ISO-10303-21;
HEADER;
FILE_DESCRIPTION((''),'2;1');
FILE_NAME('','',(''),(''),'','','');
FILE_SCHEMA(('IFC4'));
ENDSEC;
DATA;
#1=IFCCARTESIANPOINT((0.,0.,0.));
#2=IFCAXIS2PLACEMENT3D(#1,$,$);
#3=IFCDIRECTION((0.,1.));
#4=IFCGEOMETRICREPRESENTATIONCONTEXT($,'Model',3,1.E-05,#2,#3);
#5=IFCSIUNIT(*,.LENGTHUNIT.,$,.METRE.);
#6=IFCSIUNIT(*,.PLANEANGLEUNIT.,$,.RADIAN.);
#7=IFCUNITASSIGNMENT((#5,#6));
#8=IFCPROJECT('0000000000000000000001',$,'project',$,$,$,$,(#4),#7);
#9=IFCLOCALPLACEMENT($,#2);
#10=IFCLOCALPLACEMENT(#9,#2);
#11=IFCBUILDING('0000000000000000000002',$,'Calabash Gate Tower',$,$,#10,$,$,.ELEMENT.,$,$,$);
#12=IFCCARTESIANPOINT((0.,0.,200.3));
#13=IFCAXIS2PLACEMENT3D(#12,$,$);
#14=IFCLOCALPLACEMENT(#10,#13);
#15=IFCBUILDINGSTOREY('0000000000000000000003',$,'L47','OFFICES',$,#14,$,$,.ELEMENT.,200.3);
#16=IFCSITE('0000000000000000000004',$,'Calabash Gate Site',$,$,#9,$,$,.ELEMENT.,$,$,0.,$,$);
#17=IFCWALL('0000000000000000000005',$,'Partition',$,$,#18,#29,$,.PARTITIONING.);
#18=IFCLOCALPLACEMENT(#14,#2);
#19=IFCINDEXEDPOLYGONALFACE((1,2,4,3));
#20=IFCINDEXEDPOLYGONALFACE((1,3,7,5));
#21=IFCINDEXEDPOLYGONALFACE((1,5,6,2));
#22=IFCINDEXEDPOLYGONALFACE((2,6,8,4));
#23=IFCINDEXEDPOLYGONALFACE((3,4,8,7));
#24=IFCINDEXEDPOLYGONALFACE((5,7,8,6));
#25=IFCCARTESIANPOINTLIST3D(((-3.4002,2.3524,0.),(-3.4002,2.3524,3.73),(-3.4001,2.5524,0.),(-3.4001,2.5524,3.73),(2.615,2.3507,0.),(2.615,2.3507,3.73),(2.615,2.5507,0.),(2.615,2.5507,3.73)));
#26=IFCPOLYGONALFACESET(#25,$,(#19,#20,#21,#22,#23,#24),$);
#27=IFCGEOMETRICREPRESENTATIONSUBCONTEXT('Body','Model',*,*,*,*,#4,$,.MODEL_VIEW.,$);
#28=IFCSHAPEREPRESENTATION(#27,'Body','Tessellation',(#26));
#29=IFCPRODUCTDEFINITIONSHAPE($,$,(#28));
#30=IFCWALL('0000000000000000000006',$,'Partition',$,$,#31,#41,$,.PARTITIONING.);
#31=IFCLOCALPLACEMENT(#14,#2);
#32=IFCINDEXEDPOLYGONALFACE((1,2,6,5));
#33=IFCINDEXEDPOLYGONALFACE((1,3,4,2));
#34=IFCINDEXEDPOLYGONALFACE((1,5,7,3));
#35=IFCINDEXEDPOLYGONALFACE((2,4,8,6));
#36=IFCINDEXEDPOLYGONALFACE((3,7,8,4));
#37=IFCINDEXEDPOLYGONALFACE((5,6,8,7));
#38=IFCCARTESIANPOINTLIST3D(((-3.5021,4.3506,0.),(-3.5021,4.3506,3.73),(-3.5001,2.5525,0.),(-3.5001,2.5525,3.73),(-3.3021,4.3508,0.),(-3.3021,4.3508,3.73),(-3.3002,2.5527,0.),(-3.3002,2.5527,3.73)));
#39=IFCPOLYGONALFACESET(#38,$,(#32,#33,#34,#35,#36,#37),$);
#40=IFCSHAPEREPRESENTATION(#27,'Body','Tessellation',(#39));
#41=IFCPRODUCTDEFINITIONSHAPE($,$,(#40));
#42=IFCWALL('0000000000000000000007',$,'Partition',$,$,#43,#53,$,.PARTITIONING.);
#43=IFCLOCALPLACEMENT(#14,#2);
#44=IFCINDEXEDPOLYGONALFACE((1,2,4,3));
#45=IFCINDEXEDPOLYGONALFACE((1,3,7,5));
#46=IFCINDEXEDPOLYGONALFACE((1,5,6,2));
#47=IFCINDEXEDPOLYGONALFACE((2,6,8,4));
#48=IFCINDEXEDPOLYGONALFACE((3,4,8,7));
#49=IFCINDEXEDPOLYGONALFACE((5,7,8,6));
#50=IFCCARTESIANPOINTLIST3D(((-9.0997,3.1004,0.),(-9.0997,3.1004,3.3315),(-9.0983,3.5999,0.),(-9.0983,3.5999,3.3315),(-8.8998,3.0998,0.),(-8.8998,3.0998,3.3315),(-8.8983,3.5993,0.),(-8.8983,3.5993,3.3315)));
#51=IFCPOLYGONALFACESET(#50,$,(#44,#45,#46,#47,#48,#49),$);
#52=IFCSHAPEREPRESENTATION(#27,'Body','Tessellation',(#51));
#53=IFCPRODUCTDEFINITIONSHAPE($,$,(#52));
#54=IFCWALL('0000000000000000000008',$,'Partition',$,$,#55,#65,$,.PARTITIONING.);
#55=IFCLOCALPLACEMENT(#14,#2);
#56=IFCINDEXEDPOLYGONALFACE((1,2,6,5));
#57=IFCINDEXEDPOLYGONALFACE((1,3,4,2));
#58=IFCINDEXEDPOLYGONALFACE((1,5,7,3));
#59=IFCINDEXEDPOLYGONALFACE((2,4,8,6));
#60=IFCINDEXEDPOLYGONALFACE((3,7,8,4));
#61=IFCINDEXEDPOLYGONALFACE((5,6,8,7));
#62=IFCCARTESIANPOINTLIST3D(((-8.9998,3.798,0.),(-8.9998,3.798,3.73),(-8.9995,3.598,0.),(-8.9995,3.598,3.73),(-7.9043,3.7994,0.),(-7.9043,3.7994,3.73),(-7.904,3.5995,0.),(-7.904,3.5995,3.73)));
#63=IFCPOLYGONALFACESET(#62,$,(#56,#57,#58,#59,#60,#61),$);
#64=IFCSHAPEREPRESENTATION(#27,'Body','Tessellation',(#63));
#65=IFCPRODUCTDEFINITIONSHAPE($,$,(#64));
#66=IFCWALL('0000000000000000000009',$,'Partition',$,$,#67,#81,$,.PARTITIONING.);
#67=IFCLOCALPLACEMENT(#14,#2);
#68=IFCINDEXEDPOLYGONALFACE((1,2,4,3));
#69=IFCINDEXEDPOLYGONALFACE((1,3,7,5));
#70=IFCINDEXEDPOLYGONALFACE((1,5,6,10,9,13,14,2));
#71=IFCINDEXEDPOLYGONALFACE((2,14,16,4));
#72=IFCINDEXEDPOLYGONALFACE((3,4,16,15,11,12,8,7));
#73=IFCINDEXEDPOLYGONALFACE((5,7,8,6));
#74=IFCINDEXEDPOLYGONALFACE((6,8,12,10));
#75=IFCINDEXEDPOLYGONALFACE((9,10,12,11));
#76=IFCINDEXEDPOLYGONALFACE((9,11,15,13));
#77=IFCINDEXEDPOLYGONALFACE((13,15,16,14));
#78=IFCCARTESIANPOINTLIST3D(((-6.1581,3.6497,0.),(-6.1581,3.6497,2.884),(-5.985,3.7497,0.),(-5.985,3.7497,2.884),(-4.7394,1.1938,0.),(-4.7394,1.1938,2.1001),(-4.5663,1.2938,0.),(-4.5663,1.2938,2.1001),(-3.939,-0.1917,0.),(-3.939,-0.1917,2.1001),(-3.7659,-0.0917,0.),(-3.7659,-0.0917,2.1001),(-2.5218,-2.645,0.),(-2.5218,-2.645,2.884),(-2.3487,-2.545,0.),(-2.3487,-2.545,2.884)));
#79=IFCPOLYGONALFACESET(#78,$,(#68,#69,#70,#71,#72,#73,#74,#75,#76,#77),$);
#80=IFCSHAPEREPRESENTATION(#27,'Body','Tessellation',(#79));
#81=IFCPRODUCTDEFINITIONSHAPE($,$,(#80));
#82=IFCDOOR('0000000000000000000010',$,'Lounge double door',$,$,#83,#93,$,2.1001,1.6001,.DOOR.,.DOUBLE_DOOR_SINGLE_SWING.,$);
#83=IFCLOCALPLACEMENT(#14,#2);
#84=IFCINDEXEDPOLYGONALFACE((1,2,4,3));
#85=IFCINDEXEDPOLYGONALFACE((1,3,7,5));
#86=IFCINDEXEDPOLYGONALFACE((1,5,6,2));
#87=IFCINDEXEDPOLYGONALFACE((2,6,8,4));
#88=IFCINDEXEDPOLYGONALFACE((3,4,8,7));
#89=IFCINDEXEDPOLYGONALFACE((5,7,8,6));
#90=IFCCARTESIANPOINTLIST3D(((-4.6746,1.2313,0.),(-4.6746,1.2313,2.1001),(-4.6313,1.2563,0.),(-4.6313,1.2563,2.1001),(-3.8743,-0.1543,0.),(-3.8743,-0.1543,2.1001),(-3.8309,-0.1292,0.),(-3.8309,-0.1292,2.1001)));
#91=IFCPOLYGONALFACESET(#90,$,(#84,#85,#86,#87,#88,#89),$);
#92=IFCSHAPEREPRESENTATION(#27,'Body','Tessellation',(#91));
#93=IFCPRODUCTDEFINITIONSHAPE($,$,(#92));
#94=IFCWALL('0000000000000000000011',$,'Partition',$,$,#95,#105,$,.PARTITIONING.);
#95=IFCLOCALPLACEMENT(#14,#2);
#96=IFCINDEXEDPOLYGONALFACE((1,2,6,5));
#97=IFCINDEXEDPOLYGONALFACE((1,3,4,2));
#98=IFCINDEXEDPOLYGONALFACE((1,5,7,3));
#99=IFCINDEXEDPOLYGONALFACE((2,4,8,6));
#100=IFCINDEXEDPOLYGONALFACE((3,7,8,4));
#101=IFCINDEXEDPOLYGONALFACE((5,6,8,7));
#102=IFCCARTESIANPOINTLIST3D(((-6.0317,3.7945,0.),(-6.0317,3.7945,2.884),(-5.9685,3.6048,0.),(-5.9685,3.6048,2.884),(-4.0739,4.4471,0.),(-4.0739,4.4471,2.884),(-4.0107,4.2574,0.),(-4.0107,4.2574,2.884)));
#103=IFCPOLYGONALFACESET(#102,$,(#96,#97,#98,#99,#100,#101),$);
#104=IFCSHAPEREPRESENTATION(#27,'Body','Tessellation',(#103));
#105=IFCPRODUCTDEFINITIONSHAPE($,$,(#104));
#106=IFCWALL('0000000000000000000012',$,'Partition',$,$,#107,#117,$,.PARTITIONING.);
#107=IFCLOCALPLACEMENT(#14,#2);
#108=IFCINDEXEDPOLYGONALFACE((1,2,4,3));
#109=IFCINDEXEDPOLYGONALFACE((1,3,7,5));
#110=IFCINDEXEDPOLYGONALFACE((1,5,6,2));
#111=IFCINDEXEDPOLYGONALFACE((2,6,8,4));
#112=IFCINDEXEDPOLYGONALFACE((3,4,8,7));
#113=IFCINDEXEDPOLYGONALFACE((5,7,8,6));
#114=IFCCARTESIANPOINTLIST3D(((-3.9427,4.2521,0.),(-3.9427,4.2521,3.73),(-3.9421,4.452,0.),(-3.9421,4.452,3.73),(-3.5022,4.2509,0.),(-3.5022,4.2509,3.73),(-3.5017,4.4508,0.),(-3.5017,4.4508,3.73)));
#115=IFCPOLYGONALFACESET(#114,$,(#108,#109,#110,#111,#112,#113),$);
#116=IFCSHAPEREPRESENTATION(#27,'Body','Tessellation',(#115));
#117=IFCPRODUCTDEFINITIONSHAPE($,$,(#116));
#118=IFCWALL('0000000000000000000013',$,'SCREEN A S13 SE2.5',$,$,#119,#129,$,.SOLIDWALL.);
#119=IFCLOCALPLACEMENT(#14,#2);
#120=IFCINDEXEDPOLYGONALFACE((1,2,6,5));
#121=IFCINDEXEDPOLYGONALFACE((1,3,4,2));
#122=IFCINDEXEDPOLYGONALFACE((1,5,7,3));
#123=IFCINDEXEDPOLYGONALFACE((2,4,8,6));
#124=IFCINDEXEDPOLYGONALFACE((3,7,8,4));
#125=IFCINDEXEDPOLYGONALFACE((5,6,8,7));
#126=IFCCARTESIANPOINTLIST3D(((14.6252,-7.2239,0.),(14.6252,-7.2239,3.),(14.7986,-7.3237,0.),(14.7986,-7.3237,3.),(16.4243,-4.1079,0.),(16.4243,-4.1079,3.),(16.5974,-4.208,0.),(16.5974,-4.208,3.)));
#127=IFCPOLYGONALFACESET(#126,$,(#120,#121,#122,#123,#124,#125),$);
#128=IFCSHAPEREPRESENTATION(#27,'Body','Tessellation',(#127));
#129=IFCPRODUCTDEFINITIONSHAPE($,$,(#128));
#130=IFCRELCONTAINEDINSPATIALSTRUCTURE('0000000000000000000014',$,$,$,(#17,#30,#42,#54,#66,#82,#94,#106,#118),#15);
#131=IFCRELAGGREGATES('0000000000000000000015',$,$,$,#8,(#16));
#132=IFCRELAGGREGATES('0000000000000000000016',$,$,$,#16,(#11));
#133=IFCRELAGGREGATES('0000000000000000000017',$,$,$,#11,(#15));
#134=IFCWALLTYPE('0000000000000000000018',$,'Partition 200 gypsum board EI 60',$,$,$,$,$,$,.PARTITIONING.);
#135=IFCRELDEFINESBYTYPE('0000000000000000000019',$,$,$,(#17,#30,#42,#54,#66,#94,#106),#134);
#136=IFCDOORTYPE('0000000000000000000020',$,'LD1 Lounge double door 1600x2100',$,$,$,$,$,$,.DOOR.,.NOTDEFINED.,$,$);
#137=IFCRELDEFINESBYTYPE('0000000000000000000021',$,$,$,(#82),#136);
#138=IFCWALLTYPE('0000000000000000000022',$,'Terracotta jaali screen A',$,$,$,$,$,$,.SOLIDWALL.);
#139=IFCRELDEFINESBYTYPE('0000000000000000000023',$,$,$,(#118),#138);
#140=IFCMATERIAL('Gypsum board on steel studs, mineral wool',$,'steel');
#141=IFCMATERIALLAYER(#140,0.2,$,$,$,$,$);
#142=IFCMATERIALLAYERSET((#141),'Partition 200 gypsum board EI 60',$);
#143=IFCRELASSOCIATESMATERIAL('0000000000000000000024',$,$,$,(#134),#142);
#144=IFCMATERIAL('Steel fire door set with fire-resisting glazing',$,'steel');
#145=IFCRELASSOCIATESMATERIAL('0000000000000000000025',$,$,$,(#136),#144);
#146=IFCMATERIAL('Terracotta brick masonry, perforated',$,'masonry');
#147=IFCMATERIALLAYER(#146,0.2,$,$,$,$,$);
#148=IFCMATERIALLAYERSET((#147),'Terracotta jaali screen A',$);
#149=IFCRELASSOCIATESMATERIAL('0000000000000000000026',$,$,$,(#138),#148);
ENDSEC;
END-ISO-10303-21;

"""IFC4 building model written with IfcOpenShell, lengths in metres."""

from ifc_helpers import new_model, si_unit, direction, frame, frame_2d, origin, place, context, subcontext, project, spatial, polyline, rectangle, outline, extrude, material, layer, layer_set, type_object, element, fill, save


model = new_model("IFC4")

# Units and contexts
model_context = context("Model", 3, precision=1e-05, world=origin(), true_north=direction((0.0, 1.0)))
body_context = subcontext(model_context, "Body", "Model", "MODEL_VIEW")
ifc_project = project(units=[si_unit("LENGTHUNIT", "METRE"), si_unit("PLANEANGLEUNIT", "RADIAN")], contexts=[model_context])

# Site, building, storey
site_placement = place(None, origin())
site = spatial("IfcSite", under=ifc_project, at=site_placement, Name="Calabash Gate Site", CompositionType="ELEMENT", RefElevation=0.0)
building_placement = place(site_placement, origin())
building = spatial("IfcBuilding", under=site, at=building_placement, Name="Calabash Gate Tower", CompositionType="ELEMENT")
storey_placement = place(building_placement, frame((0.0, 0.0, 200.3)))
storey = spatial("IfcBuildingStorey", under=building, at=storey_placement, Name="L47", Description="OFFICES", CompositionType="ELEMENT", Elevation=200.3)

# Shared definitions
ifc_material_1 = material(Name="Gypsum board on steel studs, mineral wool", Category="steel")
ifc_layer_1 = layer(ifc_material_1, 0.2)
ifc_layer_set_1 = layer_set([ifc_layer_1], Name="Partition 200 gypsum board EI 60")
wall_type_1 = type_object("IfcWallType", Name="Partition 200 gypsum board EI 60", PredefinedType="PARTITIONING", material=ifc_layer_set_1)
ifc_material_2 = material(Name="Steel fire door set with fire-resisting glazing", Category="steel")
door_type_1 = type_object("IfcDoorType", Name="LD1 Lounge double door 1600x2100", OperationType="NOTDEFINED", PredefinedType="DOOR", material=ifc_material_2)

# Walls
wall_1_placement = place(storey_placement, frame((-3.4001, 2.4524, 0.0), z_axis=(0.0, 0.0, 1.0), x_axis=(1.0, -0.000284, 0.0)))
element("IfcWall", 1, at=wall_1_placement, inside=storey, type_object=wall_type_1, Name="Partition", PredefinedType="PARTITIONING", context=body_context, shape_type="SweptSolid", body=[
    extrude(rectangle(XDim=6.0151, YDim=0.2, at=frame_2d((3.0076, 0.0))), origin(), (0.0, 0.0, 1.0), 3.73),
])
wall_2_placement = place(storey_placement, frame((-3.4021, 4.3506, 0.0), z_axis=(0.0, 0.0, 1.0), x_axis=(0.001086, -0.999999, 0.0)))
element("IfcWall", 2, at=wall_2_placement, inside=storey, type_object=wall_type_1, Name="Partition", PredefinedType="PARTITIONING", context=body_context, shape_type="SweptSolid", body=[
    extrude(rectangle(XDim=1.7981, YDim=0.2, at=frame_2d((0.8989, 0.0))), origin(), (0.0, 0.0, 1.0), 3.73),
])
wall_3_placement = place(storey_placement, frame((-8.9998, 3.1001, 0.0), z_axis=(0.0, 0.0, 1.0), x_axis=(0.002933, 0.999996, 0.0)))
element("IfcWall", 3, at=wall_3_placement, inside=storey, type_object=wall_type_1, Name="Partition", PredefinedType="PARTITIONING", context=body_context, shape_type="SweptSolid", body=[
    extrude(rectangle(XDim=0.4995, YDim=0.2, at=frame_2d((0.2498, 0.0))), origin(), (0.0, 0.0, 1.0), 3.3315),
])
wall_4_placement = place(storey_placement, frame((-8.9998, 3.698, 0.0), z_axis=(0.0, 0.0, 1.0), x_axis=(0.999999, 0.001337, 0.0)))
element("IfcWall", 4, at=wall_4_placement, inside=storey, type_object=wall_type_1, Name="Partition", PredefinedType="PARTITIONING", context=body_context, shape_type="SweptSolid", body=[
    extrude(rectangle(XDim=1.0955, YDim=0.2, at=frame_2d((0.5479, 0.0))), origin(), (0.0, 0.0, 1.0), 3.73),
])

# Wall, opening, door
wall_5_placement = place(storey_placement, frame((-6.0715, 3.6997, 0.0), z_axis=(0.0, 0.0, 1.0), x_axis=(0.500206, -0.865906, 0.0)))
wall_5 = element("IfcWall", 5, at=wall_5_placement, inside=storey, type_object=wall_type_1, Name="Partition", PredefinedType="PARTITIONING", context=body_context, shape_type="SweptSolid", body=[
    extrude(rectangle(XDim=7.2695, YDim=0.2, at=frame_2d((3.6348, 0.0))), origin(), (0.0, 0.0, 1.0), 2.884),
])
opening_1_placement = place(wall_5_placement, frame((2.8362, 0.0, 0.0)))
opening_1 = element("IfcOpeningElement", 6, at=opening_1_placement, cuts=wall_5, PredefinedType="OPENING", context=body_context, shape_type="SweptSolid", body=[
    extrude(rectangle(XDim=1.6001, YDim=2.1001, at=frame_2d((0.8, 1.05))), frame((0.0, 0.1099, 0.0), z_axis=(0.0, -1.0, 0.0), x_axis=(1.0, 0.0, 0.0)), (0.0, 0.0, 1.0), 0.22),
])
door_1_placement = place(opening_1_placement, origin())
door_1 = element("IfcDoor", 7, at=door_1_placement, inside=storey, type_object=door_type_1, Name="Lounge double door", OperationType="DOUBLE_DOOR_SINGLE_SWING", OverallHeight=2.1001, OverallWidth=1.6001, PredefinedType="DOOR", context=body_context, shape_type="SweptSolid", body=[
    extrude(rectangle(XDim=1.6001, YDim=2.1001, at=frame_2d((0.8, 1.05))), frame((0.0, 0.0249, 0.0), z_axis=(0.0, -1.0, 0.0), x_axis=(1.0, 0.0, 0.0)), (0.0, 0.0, 1.0), 0.05),
])
fill(opening_1, door_1)

# Walls
wall_6_placement = place(storey_placement, frame((-6.0, 3.6997, 0.0), z_axis=(0.0, 0.0, 1.0), x_axis=(0.948683, 0.316228, 0.0)))
element("IfcWall", 8, at=wall_6_placement, inside=storey, type_object=wall_type_1, Name="Partition", PredefinedType="PARTITIONING", context=body_context, shape_type="SweptSolid", body=[
    extrude(rectangle(XDim=2.0637, YDim=0.2, at=frame_2d((1.0317, 0.0))), origin(), (0.0, 0.0, 1.0), 2.884),
])
wall_7_placement = place(storey_placement, frame((-3.9424, 4.3521, 0.0), z_axis=(0.0, 0.0, 1.0), x_axis=(0.999996, -0.002772, 0.0)))
element("IfcWall", 9, at=wall_7_placement, inside=storey, type_object=wall_type_1, Name="Partition", PredefinedType="PARTITIONING", context=body_context, shape_type="SweptSolid", body=[
    extrude(rectangle(XDim=0.4404, YDim=0.2, at=frame_2d((0.2202, 0.0))), origin(), (0.0, 0.0, 1.0), 3.73),
])
ifc_material_3 = material(Name="Terracotta brick masonry, perforated", Category="masonry")
ifc_layer_2 = layer(ifc_material_3, 0.2)
ifc_layer_set_2 = layer_set([ifc_layer_2], Name="Terracotta jaali screen A")
wall_type_2 = type_object("IfcWallType", Name="Terracotta jaali screen A", PredefinedType="SOLIDWALL", material=ifc_layer_set_2)
wall_8_placement = place(storey_placement, origin())
element("IfcWall", 10, at=wall_8_placement, inside=storey, type_object=wall_type_2, Name="SCREEN A S13 SE2.5", PredefinedType="SOLIDWALL", context=body_context, shape_type="SweptSolid", body=[
    extrude(outline(polyline([(16.4243, -4.1079), (14.6252, -7.2239), (14.7986, -7.3237), (16.5974, -4.208), (16.4243, -4.1079)])), origin(), (0.0, 0.0, 1.0), 3.0),
])

save(model, "model.ifc")
